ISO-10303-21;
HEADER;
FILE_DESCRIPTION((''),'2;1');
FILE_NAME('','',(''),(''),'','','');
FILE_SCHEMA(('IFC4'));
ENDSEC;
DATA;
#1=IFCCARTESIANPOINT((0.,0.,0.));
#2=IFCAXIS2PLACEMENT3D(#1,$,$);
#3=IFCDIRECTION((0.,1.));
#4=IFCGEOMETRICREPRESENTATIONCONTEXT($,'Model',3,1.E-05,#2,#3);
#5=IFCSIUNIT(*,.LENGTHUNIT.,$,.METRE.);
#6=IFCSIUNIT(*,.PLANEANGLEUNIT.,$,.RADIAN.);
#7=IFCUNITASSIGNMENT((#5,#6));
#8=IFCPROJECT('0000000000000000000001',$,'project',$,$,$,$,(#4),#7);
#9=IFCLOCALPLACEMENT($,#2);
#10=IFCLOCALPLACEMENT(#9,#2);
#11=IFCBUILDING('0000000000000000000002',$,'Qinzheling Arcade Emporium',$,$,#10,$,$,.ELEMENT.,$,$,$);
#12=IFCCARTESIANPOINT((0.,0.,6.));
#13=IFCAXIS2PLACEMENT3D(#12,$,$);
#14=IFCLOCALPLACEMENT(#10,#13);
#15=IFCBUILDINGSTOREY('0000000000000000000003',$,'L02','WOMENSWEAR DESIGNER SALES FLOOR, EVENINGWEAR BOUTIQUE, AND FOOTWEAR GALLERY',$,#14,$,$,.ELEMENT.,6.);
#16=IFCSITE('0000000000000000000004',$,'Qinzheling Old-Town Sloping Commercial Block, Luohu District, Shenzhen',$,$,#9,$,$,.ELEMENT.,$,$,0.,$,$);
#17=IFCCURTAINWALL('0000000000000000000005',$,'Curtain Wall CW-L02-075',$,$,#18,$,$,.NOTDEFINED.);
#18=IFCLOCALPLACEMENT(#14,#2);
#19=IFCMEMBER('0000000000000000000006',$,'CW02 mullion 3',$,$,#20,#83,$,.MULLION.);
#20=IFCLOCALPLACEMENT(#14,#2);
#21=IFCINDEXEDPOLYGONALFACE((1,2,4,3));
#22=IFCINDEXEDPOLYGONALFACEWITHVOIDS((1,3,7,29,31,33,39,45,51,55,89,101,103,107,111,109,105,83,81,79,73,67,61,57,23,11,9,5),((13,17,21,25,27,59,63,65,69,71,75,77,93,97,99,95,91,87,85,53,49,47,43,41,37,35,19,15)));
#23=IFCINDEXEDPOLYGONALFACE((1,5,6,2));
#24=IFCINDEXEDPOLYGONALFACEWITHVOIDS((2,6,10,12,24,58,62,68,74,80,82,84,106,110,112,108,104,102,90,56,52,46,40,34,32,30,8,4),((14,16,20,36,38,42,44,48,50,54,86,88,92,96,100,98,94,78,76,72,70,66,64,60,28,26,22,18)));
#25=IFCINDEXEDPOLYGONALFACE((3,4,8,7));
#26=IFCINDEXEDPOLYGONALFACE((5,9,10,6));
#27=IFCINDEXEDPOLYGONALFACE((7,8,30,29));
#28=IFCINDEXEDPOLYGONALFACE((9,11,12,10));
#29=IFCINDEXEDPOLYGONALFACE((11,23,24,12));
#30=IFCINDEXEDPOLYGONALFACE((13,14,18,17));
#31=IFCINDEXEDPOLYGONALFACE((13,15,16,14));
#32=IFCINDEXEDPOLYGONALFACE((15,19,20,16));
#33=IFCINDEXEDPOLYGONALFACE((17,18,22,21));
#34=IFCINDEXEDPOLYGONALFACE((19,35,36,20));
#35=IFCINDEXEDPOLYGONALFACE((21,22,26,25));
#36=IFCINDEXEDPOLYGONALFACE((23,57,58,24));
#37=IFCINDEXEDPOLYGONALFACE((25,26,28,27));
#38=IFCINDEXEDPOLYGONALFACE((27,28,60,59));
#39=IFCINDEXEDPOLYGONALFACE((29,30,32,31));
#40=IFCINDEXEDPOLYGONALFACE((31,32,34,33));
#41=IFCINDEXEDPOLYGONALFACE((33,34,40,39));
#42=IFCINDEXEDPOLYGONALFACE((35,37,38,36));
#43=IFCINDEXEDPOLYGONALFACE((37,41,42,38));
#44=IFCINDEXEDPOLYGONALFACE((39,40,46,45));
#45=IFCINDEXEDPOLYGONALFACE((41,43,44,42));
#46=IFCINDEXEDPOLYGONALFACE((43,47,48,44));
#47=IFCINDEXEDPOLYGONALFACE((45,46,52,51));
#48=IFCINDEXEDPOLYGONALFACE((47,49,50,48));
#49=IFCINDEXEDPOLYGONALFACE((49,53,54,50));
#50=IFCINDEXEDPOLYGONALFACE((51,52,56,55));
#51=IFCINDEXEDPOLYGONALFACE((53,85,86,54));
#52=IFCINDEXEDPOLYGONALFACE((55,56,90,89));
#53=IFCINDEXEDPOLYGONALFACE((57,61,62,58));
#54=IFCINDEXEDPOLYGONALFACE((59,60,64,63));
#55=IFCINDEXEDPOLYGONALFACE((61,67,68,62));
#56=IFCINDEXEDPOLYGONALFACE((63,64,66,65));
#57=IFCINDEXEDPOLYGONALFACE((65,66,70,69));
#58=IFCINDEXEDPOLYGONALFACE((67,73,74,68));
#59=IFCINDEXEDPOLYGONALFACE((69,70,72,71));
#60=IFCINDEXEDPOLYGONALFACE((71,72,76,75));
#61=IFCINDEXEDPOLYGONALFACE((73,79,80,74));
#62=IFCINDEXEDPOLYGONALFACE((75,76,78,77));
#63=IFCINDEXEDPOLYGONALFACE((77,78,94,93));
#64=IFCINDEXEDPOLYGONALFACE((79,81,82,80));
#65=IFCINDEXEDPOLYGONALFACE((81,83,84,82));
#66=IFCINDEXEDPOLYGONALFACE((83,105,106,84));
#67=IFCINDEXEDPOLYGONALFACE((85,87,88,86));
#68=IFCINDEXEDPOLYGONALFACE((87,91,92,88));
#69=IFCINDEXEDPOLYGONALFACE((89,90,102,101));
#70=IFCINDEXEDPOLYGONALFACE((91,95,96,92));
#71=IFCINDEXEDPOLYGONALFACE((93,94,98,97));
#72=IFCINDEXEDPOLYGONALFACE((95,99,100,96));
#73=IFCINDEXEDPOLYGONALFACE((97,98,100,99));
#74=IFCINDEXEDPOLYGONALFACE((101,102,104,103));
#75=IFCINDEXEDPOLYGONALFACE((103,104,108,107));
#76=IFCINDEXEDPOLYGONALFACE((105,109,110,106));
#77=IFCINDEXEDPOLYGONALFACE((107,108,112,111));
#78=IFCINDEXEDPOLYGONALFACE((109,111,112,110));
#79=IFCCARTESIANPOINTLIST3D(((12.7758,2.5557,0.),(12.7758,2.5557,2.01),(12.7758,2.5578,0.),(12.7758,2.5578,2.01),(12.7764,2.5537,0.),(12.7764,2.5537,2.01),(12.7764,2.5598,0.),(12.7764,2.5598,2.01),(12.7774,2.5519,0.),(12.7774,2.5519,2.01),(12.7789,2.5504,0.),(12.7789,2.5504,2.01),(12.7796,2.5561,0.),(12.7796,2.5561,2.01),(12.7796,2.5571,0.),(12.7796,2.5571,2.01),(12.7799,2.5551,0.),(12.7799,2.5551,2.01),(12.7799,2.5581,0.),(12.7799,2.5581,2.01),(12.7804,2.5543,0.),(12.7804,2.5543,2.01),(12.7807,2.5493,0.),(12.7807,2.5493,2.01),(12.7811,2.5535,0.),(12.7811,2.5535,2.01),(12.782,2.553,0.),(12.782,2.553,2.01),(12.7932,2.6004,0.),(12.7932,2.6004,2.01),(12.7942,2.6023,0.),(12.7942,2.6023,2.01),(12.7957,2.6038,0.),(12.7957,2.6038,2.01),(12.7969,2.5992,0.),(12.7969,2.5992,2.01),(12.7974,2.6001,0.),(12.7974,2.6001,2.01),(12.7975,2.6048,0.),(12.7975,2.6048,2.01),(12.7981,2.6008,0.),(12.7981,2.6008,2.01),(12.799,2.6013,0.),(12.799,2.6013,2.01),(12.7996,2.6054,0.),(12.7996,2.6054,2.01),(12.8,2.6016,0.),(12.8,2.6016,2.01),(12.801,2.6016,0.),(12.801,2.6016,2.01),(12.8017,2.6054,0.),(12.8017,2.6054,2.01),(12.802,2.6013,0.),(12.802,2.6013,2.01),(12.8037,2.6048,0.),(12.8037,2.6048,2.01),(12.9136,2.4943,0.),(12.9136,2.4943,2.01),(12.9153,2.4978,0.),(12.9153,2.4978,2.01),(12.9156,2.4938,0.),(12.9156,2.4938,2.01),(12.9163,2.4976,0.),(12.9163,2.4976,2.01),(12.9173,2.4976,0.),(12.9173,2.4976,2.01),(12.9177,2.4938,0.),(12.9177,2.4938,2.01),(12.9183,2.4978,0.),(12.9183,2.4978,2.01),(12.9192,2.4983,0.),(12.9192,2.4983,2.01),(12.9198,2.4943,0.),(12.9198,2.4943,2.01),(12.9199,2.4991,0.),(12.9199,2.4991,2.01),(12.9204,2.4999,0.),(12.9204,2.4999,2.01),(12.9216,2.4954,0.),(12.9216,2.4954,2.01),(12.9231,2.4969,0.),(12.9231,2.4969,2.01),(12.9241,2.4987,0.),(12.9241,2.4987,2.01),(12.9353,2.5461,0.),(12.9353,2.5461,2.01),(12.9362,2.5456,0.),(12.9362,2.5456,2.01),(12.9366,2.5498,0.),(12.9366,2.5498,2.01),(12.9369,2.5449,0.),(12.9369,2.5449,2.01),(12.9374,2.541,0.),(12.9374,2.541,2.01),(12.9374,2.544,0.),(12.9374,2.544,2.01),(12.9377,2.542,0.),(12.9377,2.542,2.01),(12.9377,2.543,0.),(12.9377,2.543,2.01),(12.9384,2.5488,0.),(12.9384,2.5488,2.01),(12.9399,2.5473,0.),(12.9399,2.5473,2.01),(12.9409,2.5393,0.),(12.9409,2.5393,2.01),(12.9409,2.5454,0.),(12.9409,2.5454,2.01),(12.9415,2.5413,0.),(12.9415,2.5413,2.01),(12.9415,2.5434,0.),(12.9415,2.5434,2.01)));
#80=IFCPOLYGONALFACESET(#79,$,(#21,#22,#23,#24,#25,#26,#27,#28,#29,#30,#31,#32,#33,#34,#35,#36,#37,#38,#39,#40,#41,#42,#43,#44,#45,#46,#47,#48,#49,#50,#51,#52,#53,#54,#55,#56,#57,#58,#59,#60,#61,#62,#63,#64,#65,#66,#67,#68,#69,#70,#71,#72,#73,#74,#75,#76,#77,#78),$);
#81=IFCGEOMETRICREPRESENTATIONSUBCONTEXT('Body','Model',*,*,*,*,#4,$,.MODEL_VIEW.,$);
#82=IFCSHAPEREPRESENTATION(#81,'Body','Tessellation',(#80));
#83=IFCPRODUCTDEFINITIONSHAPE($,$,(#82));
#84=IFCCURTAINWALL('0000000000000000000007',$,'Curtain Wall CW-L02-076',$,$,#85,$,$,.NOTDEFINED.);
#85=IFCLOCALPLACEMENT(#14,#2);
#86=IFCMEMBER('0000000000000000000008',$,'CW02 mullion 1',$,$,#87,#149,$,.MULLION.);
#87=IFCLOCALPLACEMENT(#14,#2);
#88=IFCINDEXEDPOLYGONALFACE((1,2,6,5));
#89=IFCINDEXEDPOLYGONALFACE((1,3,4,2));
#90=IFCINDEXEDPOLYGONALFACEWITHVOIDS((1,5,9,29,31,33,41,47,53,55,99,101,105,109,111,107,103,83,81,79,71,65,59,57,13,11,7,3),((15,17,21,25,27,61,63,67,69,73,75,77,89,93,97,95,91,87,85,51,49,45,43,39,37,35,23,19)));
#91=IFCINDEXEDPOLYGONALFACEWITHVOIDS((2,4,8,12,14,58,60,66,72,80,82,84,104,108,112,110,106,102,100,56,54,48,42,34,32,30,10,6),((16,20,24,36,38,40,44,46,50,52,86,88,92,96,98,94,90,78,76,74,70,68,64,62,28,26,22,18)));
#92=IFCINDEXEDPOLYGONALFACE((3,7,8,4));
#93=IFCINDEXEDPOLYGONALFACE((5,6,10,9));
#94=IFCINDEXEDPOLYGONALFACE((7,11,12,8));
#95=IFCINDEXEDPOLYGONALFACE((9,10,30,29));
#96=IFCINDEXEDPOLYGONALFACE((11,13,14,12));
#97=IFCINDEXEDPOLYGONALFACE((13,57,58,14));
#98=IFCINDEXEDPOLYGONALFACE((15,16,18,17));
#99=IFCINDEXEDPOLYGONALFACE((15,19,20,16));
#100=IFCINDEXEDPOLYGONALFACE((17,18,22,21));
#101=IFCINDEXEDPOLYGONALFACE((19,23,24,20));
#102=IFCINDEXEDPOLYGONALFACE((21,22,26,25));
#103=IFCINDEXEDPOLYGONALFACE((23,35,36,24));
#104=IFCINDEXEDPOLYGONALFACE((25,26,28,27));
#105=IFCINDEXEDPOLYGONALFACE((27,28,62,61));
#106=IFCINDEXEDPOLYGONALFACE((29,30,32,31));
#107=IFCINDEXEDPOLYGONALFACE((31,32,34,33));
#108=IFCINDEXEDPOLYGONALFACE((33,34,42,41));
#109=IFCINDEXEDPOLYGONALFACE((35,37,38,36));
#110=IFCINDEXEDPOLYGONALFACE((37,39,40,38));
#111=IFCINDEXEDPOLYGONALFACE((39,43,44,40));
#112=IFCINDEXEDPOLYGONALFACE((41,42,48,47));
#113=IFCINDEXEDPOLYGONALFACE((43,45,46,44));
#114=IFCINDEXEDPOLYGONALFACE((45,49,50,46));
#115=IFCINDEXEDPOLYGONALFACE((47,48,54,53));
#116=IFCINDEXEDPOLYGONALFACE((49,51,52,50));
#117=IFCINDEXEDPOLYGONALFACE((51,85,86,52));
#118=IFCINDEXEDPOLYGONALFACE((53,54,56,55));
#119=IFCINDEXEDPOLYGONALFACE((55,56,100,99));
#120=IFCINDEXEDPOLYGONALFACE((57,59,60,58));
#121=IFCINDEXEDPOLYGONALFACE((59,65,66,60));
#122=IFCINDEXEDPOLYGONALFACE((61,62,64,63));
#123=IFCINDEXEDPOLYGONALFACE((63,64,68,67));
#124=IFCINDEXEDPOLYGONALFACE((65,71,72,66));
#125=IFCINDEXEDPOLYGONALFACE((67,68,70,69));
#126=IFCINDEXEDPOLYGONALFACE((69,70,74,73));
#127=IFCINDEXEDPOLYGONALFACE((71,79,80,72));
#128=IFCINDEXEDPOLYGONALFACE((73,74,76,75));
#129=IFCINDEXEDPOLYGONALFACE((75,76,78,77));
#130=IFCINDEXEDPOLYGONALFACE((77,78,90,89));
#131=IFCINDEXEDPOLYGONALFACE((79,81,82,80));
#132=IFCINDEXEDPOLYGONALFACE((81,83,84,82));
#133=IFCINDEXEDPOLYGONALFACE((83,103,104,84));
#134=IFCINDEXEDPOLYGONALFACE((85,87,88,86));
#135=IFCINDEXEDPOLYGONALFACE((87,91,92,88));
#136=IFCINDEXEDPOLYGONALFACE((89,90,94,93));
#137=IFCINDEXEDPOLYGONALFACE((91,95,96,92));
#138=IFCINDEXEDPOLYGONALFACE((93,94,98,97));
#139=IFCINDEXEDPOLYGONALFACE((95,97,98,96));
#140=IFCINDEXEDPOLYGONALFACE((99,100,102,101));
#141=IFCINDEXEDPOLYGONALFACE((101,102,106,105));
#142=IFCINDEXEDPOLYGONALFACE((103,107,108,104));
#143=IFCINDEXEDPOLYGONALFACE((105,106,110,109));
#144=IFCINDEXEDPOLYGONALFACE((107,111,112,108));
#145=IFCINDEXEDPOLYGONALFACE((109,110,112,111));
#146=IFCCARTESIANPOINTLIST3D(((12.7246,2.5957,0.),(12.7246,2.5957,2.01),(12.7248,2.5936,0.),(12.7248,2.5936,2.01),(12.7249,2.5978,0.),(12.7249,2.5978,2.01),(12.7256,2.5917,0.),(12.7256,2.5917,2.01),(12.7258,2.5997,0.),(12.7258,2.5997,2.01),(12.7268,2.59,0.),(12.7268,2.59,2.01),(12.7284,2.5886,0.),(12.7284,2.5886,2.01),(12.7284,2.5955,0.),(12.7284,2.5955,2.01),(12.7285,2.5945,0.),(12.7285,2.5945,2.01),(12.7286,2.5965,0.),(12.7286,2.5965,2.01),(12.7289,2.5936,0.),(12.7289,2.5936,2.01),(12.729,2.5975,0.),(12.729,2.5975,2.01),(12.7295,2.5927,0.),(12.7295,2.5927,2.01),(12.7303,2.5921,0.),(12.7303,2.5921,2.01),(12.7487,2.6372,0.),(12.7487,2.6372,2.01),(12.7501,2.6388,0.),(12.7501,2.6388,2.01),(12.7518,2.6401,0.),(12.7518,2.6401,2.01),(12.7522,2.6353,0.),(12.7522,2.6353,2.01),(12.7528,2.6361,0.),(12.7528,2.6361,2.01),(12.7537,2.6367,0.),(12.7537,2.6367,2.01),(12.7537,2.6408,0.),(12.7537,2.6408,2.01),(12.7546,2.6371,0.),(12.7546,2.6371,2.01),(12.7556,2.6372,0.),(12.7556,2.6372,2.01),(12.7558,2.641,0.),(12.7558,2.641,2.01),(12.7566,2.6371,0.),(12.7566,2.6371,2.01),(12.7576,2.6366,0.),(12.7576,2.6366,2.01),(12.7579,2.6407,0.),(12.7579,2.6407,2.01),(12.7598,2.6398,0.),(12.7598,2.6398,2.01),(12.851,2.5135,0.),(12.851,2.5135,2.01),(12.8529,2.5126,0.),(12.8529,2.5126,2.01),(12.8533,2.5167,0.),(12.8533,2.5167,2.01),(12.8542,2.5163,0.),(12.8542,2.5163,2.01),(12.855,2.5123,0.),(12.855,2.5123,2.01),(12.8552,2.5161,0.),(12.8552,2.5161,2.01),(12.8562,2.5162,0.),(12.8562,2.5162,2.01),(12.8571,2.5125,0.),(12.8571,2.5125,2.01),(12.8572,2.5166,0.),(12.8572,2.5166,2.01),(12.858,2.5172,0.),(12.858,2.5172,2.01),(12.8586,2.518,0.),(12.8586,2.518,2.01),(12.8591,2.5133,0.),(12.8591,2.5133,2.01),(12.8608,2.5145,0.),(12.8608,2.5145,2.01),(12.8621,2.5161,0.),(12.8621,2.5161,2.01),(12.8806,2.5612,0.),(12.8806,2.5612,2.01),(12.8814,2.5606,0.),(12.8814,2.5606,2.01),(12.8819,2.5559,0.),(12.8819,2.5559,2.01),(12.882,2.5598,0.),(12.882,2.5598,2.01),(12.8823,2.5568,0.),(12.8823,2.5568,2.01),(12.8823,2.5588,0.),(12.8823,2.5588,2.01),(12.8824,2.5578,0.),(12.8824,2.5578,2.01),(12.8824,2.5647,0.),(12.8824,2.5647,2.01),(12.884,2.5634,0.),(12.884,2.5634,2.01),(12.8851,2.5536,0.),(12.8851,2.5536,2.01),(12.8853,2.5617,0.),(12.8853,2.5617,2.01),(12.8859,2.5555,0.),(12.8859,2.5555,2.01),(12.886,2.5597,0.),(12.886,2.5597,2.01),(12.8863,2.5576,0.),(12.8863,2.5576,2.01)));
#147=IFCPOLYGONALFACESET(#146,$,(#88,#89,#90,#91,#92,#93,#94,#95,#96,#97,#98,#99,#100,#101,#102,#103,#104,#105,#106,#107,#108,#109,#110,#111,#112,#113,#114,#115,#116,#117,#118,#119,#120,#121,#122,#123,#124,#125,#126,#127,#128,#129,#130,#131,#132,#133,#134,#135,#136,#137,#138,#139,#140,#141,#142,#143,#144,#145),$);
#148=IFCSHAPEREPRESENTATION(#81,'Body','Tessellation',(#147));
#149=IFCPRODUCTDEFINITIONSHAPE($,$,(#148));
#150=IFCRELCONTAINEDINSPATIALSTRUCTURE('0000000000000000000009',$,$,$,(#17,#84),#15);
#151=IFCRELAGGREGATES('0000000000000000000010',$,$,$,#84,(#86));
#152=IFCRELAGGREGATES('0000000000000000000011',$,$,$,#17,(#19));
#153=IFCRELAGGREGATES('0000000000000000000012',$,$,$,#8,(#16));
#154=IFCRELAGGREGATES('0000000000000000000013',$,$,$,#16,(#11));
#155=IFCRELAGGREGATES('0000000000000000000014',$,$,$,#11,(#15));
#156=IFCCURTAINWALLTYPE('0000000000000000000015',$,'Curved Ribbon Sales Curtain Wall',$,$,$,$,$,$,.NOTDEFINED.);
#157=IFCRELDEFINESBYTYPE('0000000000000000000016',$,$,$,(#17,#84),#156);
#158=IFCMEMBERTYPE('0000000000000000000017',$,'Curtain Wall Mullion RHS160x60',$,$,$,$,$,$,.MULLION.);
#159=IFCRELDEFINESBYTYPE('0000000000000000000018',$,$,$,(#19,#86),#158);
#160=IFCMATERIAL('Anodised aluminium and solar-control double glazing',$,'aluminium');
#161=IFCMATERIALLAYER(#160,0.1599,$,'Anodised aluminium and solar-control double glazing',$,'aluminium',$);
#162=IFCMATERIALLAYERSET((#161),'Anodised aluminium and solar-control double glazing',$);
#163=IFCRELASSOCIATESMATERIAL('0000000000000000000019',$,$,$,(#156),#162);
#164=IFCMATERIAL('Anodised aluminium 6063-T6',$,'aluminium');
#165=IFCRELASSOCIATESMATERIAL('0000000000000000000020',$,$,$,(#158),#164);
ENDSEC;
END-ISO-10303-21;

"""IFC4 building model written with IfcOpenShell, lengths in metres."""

from ifc_helpers import new_model, si_unit, direction, frame, origin, origin_2d, place, context, subcontext, project, spatial, hollow_rectangle, extrude, material, layer, layer_set, material_profile, profile_set, type_object, element, aggregate, save


model = new_model("IFC4")

# Units and contexts
model_context = context("Model", 3, precision=1e-05, world=origin(), true_north=direction((0.0, 1.0)))
body_context = subcontext(model_context, "Body", "Model", "MODEL_VIEW")
ifc_project = project(units=[si_unit("LENGTHUNIT", "METRE"), si_unit("PLANEANGLEUNIT", "RADIAN")], contexts=[model_context])

# Site, building, storey
site_placement = place(None, origin())
site = spatial("IfcSite", under=ifc_project, at=site_placement, Name="Qinzheling Old-Town Sloping Commercial Block, Luohu District, Shenzhen", CompositionType="ELEMENT", RefElevation=0.0)
building_placement = place(site_placement, origin())
building = spatial("IfcBuilding", under=site, at=building_placement, Name="Qinzheling Arcade Emporium", CompositionType="ELEMENT")
storey_placement = place(building_placement, frame((0.0, 0.0, 6.0)))
storey = spatial("IfcBuildingStorey", under=building, at=storey_placement, Name="L02", Description="WOMENSWEAR DESIGNER SALES FLOOR, EVENINGWEAR BOUTIQUE, AND FOOTWEAR GALLERY", CompositionType="ELEMENT", Elevation=6.0)

# Curtain wall, member
ifc_material_1 = material(Name="Anodised aluminium and solar-control double glazing", Category="aluminium")
ifc_layer_1 = layer(ifc_material_1, 0.1599, Name="Anodised aluminium and solar-control double glazing", Category="aluminium")
ifc_layer_set_1 = layer_set([ifc_layer_1], Name="Anodised aluminium and solar-control double glazing")
curtain_wall_type = type_object("IfcCurtainWallType", Name="Curved Ribbon Sales Curtain Wall", PredefinedType="NOTDEFINED", material=ifc_layer_set_1)
curtain_wall_1_placement = place(storey_placement, origin())
curtain_wall_1 = element("IfcCurtainWall", 1, at=curtain_wall_1_placement, inside=storey, type_object=curtain_wall_type, Name="Curtain Wall CW-L02-075", PredefinedType="NOTDEFINED")
ifc_material_2 = material(Name="Anodised aluminium 6063-T6", Category="aluminium")
ifc_material_profile_1 = material_profile(ifc_material_2, hollow_rectangle(XDim=0.0601, YDim=0.1599, WallThickness=0.0039, InnerFilletRadius=0.0039, OuterFilletRadius=0.0081, at=origin_2d()), Name="RHS 160x60x4", Category="aluminium")
ifc_profile_set_1 = profile_set([ifc_material_profile_1], Name="Anodised aluminium 6063-T6")
member_type_1 = type_object("IfcMemberType", Name="Curtain Wall Mullion RHS160x60", PredefinedType="MULLION", material=ifc_profile_set_1)
member_1_placement = place(storey_placement, frame((12.8586, 2.5496, 0.0), z_axis=(0.0, 0.0, 1.0), x_axis=(-0.382535, -0.923941, 0.0)))
member_1 = element("IfcMember", 2, at=member_1_placement, type_object=member_type_1, Name="CW02 mullion 3", PredefinedType="MULLION", context=body_context, shape_type="SweptSolid", body=[
    extrude(hollow_rectangle(XDim=0.0601, YDim=0.1599, WallThickness=0.0039, InnerFilletRadius=0.0039, OuterFilletRadius=0.0081, at=origin_2d()), origin(), (0.0, 0.0, 1.0), 2.01),
])

# Curtain wall, member
curtain_wall_2_placement = place(storey_placement, origin())
curtain_wall_2 = element("IfcCurtainWall", 3, at=curtain_wall_2_placement, inside=storey, type_object=curtain_wall_type, Name="Curtain Wall CW-L02-076", PredefinedType="NOTDEFINED")
member_2_placement = place(storey_placement, frame((12.8054, 2.5767, 0.0), z_axis=(0.0, 0.0, 1.0), x_axis=(-0.522672, -0.852534, 0.0)))
member_2 = element("IfcMember", 4, at=member_2_placement, type_object=member_type_1, Name="CW02 mullion 1", PredefinedType="MULLION", context=body_context, shape_type="SweptSolid", body=[
    extrude(hollow_rectangle(XDim=0.0601, YDim=0.1599, WallThickness=0.0039, InnerFilletRadius=0.0039, OuterFilletRadius=0.0081, at=origin_2d()), origin(), (0.0, 0.0, 1.0), 2.01),
])

aggregate(curtain_wall_2, [member_2])

aggregate(curtain_wall_1, [member_1])

save(model, "model.ifc")
